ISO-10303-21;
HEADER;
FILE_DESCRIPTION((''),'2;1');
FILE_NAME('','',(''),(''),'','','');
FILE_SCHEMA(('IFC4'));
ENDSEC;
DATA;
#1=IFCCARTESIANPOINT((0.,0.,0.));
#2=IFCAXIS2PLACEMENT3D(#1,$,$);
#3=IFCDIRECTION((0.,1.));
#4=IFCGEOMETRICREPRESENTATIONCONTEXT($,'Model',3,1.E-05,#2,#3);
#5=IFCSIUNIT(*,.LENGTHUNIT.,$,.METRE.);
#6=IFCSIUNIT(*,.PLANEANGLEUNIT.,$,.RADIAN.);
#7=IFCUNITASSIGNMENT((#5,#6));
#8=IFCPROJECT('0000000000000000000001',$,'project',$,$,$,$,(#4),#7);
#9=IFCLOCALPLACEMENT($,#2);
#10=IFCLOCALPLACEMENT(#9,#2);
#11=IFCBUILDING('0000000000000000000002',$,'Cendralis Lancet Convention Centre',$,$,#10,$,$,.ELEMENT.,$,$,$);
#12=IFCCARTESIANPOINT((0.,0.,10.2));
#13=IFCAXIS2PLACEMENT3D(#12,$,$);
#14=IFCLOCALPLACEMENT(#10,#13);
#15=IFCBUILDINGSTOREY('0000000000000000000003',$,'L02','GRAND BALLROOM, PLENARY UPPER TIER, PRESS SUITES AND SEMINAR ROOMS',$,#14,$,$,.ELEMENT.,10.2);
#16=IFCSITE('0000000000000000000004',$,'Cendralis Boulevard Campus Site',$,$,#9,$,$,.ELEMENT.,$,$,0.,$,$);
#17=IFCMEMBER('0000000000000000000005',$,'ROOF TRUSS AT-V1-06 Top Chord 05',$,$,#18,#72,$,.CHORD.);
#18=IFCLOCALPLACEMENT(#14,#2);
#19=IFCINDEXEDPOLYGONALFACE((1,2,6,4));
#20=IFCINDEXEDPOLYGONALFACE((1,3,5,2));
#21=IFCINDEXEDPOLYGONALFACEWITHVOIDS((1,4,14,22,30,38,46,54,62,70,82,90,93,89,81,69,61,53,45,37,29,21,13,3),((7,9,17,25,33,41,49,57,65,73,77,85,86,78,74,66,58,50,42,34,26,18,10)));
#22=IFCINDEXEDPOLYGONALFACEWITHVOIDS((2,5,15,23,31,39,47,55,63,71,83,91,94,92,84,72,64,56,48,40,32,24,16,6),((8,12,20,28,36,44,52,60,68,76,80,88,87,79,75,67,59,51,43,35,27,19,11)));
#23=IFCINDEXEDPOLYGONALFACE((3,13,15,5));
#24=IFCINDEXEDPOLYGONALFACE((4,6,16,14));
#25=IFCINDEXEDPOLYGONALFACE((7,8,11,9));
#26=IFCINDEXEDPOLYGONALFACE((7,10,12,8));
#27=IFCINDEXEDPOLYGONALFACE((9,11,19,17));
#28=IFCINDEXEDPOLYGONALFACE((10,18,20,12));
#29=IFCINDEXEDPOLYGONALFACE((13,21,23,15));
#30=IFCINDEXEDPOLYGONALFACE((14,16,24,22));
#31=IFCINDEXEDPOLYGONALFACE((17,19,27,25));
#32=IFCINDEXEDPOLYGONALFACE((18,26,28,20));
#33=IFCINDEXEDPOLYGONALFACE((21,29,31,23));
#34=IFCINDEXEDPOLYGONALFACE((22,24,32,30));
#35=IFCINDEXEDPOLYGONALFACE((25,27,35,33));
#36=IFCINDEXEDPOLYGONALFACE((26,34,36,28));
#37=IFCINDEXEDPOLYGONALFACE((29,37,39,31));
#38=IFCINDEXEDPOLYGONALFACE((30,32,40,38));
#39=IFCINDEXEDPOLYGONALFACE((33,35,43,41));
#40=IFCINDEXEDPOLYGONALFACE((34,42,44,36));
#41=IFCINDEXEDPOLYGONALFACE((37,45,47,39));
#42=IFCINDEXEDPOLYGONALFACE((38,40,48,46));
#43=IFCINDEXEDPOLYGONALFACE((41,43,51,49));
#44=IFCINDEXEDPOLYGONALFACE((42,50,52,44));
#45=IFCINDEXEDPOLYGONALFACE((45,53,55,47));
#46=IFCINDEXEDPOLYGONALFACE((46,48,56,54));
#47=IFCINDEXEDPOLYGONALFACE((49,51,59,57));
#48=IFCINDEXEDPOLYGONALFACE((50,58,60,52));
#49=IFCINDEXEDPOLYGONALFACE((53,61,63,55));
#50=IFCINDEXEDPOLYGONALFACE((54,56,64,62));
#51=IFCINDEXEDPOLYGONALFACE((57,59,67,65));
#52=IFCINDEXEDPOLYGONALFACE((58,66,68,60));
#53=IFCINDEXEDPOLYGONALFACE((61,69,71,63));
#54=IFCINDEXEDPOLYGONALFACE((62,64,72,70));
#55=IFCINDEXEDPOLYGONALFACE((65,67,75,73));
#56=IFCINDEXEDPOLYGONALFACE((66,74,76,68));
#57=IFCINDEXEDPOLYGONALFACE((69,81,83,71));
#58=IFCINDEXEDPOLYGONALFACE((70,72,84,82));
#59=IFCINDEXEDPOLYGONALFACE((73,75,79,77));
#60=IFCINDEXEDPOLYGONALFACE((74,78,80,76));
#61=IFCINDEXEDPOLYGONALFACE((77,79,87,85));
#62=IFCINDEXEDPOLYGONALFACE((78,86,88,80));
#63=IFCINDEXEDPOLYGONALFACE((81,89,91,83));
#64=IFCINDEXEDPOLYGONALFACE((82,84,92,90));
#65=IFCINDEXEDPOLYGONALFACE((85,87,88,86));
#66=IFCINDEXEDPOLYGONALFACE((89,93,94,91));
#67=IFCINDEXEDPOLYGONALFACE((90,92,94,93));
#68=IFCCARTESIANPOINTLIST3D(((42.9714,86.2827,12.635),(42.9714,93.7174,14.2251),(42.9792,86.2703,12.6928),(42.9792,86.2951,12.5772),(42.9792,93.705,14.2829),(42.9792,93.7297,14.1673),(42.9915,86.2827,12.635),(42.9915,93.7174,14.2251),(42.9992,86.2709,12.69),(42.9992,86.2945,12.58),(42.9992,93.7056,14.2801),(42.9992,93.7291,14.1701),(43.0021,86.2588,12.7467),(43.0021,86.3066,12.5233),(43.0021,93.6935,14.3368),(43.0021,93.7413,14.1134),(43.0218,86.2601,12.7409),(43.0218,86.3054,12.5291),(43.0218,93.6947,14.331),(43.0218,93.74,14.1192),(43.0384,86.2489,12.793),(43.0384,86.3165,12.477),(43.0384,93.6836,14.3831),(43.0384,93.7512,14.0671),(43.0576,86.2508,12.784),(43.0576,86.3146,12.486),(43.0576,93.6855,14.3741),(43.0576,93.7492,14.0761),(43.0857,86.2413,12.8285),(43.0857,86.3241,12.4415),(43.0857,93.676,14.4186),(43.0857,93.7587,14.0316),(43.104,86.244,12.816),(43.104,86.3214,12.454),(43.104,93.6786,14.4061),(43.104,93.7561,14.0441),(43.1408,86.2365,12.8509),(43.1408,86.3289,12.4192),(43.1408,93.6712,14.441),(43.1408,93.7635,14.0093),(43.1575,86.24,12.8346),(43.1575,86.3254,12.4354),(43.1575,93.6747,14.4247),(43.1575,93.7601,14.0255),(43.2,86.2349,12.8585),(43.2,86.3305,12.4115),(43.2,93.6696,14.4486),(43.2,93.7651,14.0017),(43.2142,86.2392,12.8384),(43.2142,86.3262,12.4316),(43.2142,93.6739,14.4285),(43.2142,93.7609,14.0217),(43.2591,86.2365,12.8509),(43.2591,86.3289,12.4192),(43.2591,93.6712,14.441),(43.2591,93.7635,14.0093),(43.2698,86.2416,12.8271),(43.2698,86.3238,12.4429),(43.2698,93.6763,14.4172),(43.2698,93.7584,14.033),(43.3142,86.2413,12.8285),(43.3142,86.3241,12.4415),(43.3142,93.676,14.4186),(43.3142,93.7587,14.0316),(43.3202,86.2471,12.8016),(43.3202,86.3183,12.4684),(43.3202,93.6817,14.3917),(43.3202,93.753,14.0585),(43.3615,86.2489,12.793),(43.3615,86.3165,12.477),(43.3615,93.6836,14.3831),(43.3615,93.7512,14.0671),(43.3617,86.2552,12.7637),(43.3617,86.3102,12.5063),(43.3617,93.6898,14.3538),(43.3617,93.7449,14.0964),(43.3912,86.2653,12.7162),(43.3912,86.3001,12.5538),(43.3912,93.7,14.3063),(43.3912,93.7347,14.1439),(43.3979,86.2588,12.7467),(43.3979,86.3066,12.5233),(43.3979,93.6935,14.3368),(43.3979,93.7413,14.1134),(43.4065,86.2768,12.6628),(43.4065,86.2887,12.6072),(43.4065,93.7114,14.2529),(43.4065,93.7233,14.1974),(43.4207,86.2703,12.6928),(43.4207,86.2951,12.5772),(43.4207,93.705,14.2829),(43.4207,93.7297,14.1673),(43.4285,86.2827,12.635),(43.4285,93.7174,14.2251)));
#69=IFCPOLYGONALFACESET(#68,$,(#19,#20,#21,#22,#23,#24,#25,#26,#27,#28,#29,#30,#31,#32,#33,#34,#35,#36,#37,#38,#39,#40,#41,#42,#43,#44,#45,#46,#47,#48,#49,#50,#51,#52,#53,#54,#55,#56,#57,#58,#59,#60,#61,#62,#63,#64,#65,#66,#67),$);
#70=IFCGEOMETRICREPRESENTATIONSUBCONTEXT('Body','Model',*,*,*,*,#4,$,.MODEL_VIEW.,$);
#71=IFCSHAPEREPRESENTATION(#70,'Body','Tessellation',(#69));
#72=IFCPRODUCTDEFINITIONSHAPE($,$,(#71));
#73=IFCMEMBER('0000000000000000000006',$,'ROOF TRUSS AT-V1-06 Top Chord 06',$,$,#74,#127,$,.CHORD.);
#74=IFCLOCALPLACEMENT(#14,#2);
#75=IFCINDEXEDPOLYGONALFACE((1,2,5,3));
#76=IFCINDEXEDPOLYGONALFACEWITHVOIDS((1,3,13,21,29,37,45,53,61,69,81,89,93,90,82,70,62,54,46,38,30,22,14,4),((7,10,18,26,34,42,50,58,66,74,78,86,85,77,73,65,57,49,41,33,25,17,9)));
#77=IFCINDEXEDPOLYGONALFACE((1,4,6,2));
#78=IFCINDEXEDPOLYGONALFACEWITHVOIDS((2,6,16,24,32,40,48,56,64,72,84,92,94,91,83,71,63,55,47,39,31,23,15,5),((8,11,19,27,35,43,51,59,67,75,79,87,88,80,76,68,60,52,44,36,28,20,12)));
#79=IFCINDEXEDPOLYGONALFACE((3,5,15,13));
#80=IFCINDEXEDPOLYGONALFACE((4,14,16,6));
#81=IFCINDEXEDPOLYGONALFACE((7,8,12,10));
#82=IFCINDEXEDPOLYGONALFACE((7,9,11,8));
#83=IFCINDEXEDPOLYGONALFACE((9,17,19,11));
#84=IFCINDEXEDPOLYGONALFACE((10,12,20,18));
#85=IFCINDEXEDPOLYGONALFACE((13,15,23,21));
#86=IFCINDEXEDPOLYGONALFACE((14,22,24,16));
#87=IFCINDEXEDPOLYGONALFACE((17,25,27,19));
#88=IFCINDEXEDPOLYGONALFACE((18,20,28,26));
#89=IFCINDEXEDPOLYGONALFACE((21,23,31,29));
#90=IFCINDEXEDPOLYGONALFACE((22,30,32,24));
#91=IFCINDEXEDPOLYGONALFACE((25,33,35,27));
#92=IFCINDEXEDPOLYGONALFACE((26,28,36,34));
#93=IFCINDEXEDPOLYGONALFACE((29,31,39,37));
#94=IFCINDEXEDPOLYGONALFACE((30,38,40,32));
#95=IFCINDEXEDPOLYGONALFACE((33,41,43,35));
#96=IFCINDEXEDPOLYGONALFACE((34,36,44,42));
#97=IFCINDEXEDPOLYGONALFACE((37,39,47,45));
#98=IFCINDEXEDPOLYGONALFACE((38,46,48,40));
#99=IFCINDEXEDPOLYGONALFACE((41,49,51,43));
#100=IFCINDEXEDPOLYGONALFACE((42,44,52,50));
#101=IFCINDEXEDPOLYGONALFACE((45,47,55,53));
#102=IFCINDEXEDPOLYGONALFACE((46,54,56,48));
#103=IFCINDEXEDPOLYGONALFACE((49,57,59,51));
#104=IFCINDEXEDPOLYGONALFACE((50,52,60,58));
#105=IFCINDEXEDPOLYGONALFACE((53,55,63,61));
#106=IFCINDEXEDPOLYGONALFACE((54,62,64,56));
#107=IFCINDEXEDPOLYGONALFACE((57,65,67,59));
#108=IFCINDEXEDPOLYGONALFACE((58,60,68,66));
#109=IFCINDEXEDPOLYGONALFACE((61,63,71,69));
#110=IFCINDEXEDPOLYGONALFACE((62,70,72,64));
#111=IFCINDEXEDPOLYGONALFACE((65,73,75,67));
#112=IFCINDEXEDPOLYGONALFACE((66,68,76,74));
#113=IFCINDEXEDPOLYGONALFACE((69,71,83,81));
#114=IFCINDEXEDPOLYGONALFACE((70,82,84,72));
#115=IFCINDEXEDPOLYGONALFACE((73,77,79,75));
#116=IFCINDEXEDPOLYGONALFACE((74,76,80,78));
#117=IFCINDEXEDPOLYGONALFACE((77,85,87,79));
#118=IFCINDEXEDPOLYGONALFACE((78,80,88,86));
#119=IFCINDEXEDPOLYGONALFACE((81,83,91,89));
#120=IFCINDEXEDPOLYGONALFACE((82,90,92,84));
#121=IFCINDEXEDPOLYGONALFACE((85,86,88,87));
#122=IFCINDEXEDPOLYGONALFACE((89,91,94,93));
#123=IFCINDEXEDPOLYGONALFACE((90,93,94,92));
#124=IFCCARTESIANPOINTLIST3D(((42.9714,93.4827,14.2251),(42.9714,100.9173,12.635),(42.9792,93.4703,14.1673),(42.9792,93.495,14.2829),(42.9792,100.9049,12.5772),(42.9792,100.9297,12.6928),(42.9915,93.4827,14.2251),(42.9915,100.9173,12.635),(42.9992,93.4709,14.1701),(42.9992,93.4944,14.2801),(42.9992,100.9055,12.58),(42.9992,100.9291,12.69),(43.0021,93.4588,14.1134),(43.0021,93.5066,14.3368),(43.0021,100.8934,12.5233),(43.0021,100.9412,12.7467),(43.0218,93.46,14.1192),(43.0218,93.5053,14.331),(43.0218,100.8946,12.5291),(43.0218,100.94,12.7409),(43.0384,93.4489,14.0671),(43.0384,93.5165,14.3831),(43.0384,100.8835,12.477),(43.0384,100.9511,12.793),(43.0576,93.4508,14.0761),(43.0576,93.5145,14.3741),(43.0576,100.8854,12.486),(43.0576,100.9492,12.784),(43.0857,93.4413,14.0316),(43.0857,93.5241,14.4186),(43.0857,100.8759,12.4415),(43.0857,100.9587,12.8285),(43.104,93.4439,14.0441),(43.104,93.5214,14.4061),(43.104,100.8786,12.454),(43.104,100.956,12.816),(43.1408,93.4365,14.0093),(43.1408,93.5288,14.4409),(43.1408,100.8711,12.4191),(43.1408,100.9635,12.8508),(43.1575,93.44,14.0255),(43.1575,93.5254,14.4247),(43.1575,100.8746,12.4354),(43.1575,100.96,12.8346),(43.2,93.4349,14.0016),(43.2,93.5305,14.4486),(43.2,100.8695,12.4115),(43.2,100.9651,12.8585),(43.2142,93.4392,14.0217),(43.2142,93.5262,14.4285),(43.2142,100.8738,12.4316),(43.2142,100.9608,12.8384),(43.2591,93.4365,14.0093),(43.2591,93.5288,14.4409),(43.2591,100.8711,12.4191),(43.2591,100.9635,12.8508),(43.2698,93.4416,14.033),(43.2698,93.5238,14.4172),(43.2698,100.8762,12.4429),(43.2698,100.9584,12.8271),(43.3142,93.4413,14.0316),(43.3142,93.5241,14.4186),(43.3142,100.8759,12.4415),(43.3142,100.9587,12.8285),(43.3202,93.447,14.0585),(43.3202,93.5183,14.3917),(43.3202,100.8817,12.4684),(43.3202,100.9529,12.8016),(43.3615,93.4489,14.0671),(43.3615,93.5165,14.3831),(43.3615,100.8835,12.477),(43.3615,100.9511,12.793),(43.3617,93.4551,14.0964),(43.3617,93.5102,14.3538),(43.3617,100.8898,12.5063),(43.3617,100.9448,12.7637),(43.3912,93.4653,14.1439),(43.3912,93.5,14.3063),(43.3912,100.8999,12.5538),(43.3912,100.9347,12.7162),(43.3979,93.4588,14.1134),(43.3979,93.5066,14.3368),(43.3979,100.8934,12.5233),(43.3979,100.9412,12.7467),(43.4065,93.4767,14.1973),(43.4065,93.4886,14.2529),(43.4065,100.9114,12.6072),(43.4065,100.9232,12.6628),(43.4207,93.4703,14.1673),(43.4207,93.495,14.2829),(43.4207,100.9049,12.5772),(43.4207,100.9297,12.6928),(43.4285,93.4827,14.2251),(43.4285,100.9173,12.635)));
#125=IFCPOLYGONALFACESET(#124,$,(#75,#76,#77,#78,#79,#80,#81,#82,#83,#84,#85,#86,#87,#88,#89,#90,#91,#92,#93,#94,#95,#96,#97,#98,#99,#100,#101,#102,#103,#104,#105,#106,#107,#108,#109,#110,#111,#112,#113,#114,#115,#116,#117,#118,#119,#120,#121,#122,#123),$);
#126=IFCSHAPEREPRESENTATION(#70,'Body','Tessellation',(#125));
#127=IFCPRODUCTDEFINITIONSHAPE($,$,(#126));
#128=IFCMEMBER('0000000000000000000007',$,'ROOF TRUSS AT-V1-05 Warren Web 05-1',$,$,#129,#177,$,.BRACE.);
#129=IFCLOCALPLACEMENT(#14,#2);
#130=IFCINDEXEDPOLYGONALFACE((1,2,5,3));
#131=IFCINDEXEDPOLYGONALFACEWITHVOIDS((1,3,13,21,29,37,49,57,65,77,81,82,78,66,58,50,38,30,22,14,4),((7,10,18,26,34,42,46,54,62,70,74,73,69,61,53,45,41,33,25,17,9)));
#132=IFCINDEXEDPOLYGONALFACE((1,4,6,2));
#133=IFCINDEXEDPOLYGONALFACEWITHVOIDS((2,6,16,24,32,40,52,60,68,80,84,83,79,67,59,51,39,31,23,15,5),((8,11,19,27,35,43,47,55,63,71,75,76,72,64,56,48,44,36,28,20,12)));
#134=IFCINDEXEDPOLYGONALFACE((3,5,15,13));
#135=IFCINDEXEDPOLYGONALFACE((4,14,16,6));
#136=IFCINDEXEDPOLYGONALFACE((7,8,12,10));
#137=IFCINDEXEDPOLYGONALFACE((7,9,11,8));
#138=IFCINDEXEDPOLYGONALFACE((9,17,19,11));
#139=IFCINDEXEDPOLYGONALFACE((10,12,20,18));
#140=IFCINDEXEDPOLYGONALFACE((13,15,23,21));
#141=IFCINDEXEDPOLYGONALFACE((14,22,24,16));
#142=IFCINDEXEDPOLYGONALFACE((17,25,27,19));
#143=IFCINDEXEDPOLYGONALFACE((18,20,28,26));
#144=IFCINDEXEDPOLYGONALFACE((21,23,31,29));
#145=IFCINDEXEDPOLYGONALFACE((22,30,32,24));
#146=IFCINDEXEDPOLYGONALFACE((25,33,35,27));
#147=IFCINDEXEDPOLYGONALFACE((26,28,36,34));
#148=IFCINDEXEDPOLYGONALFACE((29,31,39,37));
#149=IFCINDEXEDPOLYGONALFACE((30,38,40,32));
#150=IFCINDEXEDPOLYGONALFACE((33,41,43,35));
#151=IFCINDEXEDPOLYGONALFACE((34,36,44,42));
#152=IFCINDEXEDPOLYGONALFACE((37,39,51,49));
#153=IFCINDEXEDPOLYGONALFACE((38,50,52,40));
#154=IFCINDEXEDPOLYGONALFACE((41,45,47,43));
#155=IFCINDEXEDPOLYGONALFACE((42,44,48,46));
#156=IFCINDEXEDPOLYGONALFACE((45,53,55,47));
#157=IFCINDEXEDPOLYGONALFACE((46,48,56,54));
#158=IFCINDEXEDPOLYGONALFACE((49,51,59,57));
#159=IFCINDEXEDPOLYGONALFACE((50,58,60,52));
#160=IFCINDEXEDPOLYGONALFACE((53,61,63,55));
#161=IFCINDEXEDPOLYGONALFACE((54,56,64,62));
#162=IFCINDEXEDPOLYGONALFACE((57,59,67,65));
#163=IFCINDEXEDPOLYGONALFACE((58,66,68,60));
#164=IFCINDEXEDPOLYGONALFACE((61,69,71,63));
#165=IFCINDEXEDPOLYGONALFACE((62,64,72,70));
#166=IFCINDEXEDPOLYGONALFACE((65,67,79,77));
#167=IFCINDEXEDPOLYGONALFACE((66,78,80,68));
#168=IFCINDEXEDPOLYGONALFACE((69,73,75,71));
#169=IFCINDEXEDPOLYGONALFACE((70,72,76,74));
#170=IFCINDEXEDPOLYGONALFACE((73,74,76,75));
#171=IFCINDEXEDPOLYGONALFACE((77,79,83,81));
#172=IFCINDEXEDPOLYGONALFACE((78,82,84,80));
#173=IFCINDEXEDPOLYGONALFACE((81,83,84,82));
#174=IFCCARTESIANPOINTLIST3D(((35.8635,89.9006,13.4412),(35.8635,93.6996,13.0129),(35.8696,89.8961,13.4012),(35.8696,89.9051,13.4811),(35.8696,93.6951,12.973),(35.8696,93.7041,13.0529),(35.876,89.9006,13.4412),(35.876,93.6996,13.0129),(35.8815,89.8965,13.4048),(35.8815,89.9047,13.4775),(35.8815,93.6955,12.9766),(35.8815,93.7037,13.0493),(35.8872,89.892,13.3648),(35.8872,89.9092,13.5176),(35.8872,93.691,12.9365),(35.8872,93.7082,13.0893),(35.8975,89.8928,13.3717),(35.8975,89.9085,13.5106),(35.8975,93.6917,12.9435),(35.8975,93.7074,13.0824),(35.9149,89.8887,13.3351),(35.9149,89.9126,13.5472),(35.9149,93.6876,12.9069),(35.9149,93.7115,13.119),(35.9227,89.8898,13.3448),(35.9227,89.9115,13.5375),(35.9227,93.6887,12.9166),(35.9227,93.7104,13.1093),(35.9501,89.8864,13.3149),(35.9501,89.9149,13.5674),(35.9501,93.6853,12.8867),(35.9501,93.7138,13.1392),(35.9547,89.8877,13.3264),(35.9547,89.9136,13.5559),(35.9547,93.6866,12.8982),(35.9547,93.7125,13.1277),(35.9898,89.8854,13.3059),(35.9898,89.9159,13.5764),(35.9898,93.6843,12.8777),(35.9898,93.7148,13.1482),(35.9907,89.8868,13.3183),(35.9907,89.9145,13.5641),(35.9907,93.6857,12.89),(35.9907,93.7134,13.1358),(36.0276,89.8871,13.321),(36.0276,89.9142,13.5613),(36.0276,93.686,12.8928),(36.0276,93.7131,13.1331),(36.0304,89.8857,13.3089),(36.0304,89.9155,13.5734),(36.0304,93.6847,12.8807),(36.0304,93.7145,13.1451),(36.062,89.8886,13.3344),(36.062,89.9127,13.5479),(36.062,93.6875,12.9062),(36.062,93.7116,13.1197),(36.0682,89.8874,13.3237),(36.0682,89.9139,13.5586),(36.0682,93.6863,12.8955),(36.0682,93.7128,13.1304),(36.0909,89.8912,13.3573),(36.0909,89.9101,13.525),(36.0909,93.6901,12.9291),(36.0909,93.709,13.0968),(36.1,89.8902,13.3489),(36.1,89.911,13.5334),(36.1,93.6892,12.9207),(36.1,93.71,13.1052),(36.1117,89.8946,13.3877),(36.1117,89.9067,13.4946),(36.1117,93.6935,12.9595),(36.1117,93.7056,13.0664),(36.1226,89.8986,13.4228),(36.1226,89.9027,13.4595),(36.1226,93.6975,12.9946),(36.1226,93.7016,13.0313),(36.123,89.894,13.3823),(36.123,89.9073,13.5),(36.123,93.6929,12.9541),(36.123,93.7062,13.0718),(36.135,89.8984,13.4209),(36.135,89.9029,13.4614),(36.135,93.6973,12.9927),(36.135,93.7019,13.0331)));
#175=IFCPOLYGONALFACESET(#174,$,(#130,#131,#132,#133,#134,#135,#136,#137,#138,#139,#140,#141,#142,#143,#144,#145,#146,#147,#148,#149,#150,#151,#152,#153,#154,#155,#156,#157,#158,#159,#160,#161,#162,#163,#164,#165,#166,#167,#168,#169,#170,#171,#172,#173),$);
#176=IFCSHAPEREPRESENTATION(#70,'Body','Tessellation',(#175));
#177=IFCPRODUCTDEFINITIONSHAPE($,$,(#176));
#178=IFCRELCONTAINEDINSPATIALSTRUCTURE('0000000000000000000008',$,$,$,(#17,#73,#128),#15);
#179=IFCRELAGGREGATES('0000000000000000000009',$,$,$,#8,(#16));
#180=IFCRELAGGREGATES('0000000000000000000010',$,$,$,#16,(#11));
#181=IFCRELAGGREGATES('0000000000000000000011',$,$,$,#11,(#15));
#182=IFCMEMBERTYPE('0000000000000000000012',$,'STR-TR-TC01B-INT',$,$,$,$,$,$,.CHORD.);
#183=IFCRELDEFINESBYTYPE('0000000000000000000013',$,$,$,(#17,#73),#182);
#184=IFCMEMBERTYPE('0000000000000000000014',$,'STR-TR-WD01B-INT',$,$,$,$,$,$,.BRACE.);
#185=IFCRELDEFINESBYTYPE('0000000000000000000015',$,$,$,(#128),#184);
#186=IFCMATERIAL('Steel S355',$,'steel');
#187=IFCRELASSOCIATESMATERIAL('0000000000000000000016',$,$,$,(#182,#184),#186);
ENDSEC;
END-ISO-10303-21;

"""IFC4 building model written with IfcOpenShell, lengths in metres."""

from ifc_helpers import new_model, si_unit, direction, frame, origin, origin_2d, place, context, subcontext, project, spatial, hollow_circle, extrude, material, material_profile, profile_set, type_object, element, save


model = new_model("IFC4")

# Units and contexts
model_context = context("Model", 3, precision=1e-05, world=origin(), true_north=direction((0.0, 1.0)))
body_context = subcontext(model_context, "Body", "Model", "MODEL_VIEW")
ifc_project = project(units=[si_unit("LENGTHUNIT", "METRE"), si_unit("PLANEANGLEUNIT", "RADIAN")], contexts=[model_context])

# Site, building, storey
site_placement = place(None, origin())
site = spatial("IfcSite", under=ifc_project, at=site_placement, Name="Cendralis Boulevard Campus Site", CompositionType="ELEMENT", RefElevation=0.0)
building_placement = place(site_placement, origin())
building = spatial("IfcBuilding", under=site, at=building_placement, Name="Cendralis Lancet Convention Centre", CompositionType="ELEMENT")
storey_placement = place(building_placement, frame((0.0, 0.0, 10.2)))
storey = spatial("IfcBuildingStorey", under=building, at=storey_placement, Name="L02", Description="GRAND BALLROOM, PLENARY UPPER TIER, PRESS SUITES AND SEMINAR ROOMS", CompositionType="ELEMENT", Elevation=10.2)

# Members
ifc_material = material(Name="Steel S355", Category="steel")
ifc_material_profile_1 = material_profile(ifc_material, hollow_circle(Radius=0.2285, WallThickness=0.02, at=origin_2d()), Name="CHS 457.0x20.0")
ifc_profile_set_1 = profile_set([ifc_material_profile_1], Name="Steel S355")
member_type_1 = type_object("IfcMemberType", Name="STR-TR-TC01B-INT", PredefinedType="CHORD", material=ifc_profile_set_1)
for number, where, z_axis, x_axis, name in (
    (1, (43.2, 86.2827, 12.635), (0.0, 0.977884, 0.209147), (-1.0, 0.0, 0.0), "ROOF TRUSS AT-V1-06 Top Chord 05"),
    (2, (43.2, 93.4827, 14.2251), (0.0, 0.977884, -0.209147), (-1.0, 0.0, 0.0), "ROOF TRUSS AT-V1-06 Top Chord 06"),
):
    element("IfcMember", number, at=place(storey_placement, frame(where, z_axis=z_axis, x_axis=x_axis)), inside=storey, type_object=member_type_1, Name=name, PredefinedType="CHORD", context=body_context, shape_type="SweptSolid", body=[
        extrude(hollow_circle(Radius=0.2285, WallThickness=0.02, at=origin_2d()), origin(), (0.0, 0.0, 1.0), 7.6028),
    ])
ifc_material_profile_2 = material_profile(ifc_material, hollow_circle(Radius=0.1365, WallThickness=0.0125, at=origin_2d()), Name="CHS 273.0x12.5")
ifc_profile_set_2 = profile_set([ifc_material_profile_2], Name="Steel S355")
member_type_2 = type_object("IfcMemberType", Name="STR-TR-WD01B-INT", PredefinedType="BRACE", material=ifc_profile_set_2)
for number, where, z_axis, x_axis, name in (
    (3, (36.0, 89.9006, 13.4412), (0.0, 0.993706, -0.112015), (-1.0, 0.0, 0.0), "ROOF TRUSS AT-V1-05 Warren Web 05-1"),
):
    element("IfcMember", number, at=place(storey_placement, frame(where, z_axis=z_axis, x_axis=x_axis)), inside=storey, type_object=member_type_2, Name=name, PredefinedType="BRACE", context=body_context, shape_type="SweptSolid", body=[
        extrude(hollow_circle(Radius=0.1365, WallThickness=0.0125, at=origin_2d()), origin(), (0.0, 0.0, 1.0), 3.823),
    ])

save(model, "model.ifc")
